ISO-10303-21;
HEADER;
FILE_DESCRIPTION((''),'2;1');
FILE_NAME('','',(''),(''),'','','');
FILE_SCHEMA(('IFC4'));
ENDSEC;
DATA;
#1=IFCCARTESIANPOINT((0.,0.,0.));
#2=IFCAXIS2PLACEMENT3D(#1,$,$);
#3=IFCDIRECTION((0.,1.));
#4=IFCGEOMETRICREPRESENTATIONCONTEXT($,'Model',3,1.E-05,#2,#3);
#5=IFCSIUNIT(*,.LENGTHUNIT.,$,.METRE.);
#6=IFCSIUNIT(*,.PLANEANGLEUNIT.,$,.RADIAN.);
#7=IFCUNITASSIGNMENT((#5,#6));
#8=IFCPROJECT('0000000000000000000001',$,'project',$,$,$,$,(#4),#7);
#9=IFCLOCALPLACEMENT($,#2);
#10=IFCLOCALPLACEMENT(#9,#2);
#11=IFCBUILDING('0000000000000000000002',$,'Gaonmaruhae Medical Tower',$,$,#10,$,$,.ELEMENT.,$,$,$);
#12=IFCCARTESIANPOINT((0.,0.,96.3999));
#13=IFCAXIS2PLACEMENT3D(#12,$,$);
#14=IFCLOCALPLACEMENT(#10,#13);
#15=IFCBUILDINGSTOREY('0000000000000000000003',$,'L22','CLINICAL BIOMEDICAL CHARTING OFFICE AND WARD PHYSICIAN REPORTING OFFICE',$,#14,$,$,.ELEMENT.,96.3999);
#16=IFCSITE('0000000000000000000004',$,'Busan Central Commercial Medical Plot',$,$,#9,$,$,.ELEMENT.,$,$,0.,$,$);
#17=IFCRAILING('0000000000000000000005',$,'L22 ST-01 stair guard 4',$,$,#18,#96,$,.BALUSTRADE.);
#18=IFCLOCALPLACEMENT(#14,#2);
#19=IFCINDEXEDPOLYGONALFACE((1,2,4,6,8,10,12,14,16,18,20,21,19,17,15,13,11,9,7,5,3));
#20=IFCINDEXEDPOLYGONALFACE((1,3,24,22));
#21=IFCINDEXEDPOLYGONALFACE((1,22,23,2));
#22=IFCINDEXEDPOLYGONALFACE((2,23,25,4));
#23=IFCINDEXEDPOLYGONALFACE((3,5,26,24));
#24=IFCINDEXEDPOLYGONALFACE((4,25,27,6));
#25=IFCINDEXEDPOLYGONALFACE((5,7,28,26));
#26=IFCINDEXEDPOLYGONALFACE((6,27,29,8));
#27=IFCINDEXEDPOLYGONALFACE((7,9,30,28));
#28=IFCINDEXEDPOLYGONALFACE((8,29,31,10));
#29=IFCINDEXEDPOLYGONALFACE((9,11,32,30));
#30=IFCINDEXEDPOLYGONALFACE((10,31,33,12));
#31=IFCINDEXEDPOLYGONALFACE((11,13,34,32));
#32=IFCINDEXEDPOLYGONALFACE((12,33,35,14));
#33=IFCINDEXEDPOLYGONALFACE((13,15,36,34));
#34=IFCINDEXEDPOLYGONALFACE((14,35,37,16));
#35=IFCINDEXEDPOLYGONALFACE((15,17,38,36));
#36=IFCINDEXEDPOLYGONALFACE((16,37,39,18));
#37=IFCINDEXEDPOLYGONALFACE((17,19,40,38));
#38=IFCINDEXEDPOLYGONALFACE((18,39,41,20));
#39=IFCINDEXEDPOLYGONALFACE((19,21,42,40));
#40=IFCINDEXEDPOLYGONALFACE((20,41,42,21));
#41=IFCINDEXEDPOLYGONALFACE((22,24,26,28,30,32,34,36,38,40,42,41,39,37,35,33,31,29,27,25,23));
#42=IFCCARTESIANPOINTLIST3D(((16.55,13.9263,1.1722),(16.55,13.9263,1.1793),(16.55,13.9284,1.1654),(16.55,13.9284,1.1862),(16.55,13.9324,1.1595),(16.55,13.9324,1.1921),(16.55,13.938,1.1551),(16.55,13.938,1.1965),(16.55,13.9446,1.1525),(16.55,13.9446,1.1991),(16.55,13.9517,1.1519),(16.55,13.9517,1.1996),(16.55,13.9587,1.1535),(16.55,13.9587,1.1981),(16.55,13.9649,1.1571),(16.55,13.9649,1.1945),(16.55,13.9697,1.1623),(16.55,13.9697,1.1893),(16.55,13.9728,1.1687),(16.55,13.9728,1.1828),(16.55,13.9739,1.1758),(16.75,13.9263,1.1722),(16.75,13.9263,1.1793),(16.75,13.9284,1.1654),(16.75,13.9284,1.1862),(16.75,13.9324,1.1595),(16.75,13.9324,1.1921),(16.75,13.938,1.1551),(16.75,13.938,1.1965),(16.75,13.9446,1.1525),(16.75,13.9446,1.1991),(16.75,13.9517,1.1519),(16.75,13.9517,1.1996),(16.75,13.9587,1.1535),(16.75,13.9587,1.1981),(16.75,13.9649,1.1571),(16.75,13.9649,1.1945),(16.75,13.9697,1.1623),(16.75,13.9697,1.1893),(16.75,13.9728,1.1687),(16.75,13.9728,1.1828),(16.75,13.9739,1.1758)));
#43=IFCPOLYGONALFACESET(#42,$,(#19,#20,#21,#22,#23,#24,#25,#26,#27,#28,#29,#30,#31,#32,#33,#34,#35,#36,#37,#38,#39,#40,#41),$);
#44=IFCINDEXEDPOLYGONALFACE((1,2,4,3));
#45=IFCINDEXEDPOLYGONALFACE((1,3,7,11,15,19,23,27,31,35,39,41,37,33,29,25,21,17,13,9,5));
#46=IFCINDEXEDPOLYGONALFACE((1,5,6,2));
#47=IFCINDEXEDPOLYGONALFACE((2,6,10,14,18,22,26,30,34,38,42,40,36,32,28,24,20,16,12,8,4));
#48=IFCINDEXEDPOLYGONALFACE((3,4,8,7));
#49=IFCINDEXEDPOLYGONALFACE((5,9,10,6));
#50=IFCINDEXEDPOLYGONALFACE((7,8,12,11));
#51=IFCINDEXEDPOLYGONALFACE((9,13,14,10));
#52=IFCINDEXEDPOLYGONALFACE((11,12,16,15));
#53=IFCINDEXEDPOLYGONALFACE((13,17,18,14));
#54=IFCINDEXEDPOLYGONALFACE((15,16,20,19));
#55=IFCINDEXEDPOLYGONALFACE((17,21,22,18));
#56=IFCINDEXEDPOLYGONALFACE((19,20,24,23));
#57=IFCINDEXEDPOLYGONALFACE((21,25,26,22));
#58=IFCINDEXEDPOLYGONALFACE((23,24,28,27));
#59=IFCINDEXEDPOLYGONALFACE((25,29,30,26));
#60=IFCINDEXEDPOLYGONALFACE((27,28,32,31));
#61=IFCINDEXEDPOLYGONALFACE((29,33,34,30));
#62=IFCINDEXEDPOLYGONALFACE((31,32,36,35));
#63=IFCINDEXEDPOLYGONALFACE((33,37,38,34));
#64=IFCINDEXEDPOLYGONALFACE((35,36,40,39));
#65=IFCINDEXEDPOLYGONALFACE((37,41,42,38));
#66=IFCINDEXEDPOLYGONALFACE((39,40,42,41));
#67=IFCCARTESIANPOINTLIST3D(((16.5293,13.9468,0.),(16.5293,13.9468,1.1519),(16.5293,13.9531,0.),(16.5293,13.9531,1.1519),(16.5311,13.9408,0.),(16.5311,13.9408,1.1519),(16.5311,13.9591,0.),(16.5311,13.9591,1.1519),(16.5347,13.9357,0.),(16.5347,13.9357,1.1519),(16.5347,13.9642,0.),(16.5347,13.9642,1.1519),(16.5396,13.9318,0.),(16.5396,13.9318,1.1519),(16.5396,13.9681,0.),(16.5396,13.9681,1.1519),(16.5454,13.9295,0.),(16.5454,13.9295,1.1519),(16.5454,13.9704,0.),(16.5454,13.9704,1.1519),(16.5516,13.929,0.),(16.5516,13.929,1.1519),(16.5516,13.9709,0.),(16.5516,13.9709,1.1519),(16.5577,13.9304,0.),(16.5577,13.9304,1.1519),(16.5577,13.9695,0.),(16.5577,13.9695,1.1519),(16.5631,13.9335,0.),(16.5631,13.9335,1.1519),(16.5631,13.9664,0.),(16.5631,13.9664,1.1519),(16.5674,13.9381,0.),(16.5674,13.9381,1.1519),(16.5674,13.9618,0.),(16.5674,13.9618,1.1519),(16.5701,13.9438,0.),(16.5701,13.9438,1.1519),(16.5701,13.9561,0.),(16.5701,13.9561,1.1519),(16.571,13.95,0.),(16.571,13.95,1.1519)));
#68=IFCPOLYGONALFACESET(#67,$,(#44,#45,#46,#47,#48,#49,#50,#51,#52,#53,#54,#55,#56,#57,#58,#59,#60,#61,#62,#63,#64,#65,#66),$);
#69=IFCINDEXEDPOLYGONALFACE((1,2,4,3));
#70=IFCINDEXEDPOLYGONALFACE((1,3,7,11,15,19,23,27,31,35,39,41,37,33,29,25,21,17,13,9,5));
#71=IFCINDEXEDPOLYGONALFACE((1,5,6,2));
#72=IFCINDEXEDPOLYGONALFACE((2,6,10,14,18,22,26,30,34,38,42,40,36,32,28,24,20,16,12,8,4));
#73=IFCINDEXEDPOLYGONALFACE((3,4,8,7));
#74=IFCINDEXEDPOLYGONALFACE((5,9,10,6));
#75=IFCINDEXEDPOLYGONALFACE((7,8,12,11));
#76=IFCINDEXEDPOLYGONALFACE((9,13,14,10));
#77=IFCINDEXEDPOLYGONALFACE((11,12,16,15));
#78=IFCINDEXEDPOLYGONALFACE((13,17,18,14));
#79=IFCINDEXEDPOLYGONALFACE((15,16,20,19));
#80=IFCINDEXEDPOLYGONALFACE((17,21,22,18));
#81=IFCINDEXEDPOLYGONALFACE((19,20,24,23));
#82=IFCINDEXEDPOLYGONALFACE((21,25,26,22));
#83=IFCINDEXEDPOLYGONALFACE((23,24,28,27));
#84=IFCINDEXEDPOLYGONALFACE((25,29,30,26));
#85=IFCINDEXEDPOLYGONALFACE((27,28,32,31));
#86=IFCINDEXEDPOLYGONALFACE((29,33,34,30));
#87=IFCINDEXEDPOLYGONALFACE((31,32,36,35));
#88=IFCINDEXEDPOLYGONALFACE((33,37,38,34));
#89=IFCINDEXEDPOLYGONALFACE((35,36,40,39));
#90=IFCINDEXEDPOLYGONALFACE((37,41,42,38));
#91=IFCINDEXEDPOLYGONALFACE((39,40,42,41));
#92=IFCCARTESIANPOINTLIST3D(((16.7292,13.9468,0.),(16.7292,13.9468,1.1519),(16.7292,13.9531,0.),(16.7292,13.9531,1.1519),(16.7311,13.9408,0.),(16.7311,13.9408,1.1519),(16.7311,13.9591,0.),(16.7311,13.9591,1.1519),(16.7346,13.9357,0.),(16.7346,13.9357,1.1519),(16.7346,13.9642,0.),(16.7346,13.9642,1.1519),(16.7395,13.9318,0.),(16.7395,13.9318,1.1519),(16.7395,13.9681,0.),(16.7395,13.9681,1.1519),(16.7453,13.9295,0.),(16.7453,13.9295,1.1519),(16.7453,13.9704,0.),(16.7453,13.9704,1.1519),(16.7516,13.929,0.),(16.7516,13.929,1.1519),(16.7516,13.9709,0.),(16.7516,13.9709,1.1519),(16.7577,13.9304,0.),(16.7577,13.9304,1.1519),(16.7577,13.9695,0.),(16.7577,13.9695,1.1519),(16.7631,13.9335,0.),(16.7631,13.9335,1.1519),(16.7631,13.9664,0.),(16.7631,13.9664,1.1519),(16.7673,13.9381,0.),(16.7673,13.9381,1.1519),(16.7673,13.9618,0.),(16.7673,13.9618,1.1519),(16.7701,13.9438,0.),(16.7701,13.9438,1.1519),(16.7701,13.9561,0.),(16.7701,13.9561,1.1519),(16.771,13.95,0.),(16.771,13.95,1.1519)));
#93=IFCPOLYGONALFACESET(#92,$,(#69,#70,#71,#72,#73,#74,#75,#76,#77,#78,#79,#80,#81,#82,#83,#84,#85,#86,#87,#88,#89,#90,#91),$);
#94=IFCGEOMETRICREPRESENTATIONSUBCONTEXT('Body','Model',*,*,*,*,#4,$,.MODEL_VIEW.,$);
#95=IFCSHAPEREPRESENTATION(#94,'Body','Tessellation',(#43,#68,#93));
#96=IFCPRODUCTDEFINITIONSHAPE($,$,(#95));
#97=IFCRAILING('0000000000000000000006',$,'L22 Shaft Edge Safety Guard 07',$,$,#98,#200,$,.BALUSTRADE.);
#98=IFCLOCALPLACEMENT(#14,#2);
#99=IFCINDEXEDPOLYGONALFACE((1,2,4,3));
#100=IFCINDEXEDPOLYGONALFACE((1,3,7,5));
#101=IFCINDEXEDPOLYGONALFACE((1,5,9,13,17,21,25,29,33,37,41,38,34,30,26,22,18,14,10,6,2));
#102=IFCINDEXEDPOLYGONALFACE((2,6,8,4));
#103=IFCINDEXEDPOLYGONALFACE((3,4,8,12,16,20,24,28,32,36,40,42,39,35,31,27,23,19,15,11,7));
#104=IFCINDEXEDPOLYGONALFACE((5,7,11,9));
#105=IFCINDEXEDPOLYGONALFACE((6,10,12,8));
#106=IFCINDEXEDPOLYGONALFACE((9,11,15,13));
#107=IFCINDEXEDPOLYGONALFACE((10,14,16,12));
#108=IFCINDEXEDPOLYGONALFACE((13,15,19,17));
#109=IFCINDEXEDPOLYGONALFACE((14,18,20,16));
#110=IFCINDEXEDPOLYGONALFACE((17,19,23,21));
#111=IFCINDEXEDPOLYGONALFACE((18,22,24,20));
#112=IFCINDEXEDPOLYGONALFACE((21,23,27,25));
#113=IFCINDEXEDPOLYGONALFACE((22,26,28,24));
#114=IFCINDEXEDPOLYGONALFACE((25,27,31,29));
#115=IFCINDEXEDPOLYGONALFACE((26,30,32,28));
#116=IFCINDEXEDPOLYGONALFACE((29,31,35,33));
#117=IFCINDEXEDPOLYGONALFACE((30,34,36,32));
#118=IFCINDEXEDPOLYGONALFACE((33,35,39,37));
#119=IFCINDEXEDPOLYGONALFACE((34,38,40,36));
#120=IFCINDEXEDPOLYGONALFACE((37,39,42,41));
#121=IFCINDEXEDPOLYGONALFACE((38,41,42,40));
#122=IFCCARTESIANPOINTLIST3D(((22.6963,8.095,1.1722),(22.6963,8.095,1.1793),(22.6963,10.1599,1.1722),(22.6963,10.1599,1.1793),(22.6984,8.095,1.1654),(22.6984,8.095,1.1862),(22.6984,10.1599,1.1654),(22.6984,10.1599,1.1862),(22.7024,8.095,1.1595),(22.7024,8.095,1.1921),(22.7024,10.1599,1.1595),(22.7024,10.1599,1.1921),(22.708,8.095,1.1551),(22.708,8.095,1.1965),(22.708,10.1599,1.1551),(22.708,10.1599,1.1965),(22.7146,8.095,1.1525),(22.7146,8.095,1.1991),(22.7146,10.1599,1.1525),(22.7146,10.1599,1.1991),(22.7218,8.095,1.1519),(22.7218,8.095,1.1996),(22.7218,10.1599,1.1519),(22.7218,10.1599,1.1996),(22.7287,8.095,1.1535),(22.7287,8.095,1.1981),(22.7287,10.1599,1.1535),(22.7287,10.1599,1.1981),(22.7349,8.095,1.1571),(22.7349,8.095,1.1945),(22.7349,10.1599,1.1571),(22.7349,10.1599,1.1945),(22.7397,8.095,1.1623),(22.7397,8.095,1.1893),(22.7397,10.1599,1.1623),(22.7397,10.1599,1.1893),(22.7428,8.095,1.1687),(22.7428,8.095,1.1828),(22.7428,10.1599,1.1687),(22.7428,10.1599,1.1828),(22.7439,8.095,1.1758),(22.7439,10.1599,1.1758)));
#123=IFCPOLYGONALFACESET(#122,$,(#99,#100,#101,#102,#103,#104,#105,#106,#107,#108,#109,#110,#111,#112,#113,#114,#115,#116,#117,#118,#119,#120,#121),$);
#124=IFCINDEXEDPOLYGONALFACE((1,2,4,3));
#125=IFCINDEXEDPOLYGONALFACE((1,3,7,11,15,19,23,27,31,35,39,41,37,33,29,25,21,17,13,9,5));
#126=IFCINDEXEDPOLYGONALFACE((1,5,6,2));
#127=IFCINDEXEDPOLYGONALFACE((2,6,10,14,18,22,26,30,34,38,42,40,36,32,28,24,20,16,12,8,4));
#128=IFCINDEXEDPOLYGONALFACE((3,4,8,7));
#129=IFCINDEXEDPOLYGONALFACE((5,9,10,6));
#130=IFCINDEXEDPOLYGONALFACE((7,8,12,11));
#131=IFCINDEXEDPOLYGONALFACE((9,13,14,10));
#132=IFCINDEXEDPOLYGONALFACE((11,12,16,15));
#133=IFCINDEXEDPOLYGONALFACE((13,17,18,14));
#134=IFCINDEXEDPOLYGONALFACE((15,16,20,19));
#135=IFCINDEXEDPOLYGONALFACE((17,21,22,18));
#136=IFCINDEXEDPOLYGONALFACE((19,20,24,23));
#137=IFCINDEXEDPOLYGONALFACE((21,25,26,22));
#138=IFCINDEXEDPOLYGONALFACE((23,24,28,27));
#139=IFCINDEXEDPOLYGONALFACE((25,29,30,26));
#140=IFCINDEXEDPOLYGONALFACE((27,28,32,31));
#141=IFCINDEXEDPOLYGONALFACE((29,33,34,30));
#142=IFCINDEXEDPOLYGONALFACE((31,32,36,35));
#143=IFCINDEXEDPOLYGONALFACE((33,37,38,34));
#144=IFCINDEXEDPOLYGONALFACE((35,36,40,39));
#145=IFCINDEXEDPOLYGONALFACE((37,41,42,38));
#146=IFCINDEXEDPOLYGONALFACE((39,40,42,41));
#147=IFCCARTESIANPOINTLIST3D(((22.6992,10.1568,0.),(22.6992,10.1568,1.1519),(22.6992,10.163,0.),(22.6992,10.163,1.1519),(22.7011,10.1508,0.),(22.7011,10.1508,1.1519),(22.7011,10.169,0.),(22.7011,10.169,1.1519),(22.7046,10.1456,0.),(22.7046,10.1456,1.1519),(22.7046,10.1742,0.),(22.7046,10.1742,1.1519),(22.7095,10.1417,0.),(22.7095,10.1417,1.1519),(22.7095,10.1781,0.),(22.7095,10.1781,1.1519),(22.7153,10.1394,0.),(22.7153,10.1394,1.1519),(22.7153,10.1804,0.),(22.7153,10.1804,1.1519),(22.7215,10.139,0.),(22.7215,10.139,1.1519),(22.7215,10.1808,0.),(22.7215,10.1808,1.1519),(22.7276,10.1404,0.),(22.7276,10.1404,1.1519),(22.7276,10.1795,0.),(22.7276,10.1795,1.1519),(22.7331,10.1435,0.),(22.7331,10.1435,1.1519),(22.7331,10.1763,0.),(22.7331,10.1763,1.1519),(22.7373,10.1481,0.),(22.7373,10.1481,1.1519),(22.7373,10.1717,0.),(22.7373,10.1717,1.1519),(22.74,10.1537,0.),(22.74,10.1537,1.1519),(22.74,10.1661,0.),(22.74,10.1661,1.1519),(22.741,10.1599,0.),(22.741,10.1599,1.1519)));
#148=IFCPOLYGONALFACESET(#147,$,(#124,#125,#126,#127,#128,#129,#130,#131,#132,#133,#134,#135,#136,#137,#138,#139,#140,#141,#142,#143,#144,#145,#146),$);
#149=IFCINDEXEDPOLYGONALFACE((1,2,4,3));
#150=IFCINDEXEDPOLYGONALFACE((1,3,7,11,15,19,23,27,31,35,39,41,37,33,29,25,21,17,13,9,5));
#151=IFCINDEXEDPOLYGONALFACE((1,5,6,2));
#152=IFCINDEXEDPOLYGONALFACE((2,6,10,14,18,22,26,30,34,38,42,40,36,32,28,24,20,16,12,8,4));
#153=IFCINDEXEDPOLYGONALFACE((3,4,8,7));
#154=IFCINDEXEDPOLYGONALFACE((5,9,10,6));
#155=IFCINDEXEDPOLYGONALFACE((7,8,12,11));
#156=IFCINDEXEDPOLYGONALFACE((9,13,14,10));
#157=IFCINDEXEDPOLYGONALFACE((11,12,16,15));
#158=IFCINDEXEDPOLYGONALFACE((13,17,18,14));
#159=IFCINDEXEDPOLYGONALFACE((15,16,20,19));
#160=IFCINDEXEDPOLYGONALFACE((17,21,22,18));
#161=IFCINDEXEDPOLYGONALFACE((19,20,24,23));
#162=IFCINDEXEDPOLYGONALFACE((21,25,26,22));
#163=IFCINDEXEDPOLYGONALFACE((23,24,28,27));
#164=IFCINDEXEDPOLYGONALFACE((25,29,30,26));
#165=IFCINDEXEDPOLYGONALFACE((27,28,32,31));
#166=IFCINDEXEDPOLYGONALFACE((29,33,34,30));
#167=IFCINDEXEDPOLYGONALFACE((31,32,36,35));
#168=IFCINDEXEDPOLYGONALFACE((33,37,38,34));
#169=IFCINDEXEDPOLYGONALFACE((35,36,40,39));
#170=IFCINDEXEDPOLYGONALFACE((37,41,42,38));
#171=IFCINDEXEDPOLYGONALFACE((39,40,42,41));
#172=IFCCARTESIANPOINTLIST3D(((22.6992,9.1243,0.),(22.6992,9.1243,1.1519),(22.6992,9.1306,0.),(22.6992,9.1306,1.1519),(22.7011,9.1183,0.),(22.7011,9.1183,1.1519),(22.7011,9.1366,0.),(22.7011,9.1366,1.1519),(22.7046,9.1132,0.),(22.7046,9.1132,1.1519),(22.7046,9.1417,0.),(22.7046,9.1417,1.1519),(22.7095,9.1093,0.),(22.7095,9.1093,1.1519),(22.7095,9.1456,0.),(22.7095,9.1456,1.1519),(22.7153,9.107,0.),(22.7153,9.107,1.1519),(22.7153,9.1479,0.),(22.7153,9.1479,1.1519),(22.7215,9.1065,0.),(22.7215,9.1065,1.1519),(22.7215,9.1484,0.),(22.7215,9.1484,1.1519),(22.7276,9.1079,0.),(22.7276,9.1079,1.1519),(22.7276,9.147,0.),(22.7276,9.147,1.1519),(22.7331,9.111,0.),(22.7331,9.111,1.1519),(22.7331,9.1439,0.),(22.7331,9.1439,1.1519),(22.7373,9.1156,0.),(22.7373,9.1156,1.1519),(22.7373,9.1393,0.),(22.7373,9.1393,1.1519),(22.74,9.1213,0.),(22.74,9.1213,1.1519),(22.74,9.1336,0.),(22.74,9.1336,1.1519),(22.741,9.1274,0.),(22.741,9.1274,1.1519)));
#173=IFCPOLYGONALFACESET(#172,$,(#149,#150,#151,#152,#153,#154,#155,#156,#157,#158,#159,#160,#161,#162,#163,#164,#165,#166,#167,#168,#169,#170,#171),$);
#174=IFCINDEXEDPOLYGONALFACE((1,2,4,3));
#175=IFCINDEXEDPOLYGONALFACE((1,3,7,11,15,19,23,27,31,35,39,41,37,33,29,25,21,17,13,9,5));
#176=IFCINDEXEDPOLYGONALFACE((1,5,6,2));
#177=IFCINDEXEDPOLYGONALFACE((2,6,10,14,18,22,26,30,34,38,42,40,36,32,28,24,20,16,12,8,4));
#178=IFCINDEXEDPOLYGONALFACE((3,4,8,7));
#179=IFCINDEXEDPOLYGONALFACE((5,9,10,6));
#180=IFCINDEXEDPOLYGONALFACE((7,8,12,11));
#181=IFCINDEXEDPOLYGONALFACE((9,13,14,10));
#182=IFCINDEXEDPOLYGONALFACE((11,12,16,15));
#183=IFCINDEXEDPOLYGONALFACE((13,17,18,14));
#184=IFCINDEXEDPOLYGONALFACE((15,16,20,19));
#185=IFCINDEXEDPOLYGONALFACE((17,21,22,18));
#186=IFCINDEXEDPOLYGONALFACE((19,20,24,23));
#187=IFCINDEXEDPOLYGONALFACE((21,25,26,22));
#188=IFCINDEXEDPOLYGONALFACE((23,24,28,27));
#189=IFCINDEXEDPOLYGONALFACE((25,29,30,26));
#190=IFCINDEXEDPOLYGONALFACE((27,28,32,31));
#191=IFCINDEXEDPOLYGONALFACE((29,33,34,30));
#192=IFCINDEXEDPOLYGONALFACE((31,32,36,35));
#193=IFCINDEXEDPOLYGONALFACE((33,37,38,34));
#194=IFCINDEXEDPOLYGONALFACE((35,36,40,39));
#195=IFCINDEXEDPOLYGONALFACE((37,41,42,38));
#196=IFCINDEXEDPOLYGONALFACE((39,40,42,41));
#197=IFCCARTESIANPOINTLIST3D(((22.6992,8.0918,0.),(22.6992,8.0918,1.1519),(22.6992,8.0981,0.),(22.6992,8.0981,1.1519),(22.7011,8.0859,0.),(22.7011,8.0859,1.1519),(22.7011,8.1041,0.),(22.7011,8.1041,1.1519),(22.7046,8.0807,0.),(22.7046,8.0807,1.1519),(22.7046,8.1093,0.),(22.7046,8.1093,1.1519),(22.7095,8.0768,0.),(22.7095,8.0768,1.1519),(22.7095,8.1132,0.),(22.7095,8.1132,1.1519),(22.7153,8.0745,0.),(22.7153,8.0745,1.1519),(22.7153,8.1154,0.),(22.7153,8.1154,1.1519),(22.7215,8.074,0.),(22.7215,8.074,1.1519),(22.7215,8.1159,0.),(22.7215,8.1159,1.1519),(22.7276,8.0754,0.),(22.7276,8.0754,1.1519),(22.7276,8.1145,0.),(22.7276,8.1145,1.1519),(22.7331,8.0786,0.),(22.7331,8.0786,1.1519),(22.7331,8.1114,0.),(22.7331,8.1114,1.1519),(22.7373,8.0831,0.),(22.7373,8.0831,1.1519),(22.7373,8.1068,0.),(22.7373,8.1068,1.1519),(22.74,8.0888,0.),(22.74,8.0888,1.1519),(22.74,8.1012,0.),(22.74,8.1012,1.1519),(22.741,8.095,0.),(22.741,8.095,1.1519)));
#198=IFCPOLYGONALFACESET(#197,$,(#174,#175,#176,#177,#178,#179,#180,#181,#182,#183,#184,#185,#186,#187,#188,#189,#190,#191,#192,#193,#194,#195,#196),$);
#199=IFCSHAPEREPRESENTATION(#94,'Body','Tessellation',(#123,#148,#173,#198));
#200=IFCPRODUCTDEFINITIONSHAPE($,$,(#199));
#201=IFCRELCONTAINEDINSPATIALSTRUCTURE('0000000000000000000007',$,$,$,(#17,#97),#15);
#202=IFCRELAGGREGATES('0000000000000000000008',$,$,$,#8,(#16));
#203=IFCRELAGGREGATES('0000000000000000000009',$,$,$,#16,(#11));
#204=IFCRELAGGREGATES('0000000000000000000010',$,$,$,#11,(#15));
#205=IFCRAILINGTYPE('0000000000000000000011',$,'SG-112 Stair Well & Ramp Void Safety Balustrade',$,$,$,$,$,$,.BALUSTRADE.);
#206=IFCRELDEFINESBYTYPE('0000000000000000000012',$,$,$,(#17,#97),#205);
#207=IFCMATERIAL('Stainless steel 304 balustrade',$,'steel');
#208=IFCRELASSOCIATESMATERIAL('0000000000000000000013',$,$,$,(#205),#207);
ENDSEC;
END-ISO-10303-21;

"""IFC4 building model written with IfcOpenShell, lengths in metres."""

from ifc_helpers import new_model, si_unit, direction, frame, origin, origin_2d, place, context, subcontext, project, spatial, circle, extrude, material, type_object, element, save


model = new_model("IFC4")

# Units and contexts
model_context = context("Model", 3, precision=1e-05, world=origin(), true_north=direction((0.0, 1.0)))
body_context = subcontext(model_context, "Body", "Model", "MODEL_VIEW")
ifc_project = project(units=[si_unit("LENGTHUNIT", "METRE"), si_unit("PLANEANGLEUNIT", "RADIAN")], contexts=[model_context])

# Site, building, storey
site_placement = place(None, origin())
site = spatial("IfcSite", under=ifc_project, at=site_placement, Name="Busan Central Commercial Medical Plot", CompositionType="ELEMENT", RefElevation=0.0)
building_placement = place(site_placement, origin())
building = spatial("IfcBuilding", under=site, at=building_placement, Name="Gaonmaruhae Medical Tower", CompositionType="ELEMENT")
storey_placement = place(building_placement, frame((0.0, 0.0, 96.3999)))
storey = spatial("IfcBuildingStorey", under=building, at=storey_placement, Name="L22", Description="CLINICAL BIOMEDICAL CHARTING OFFICE AND WARD PHYSICIAN REPORTING OFFICE", CompositionType="ELEMENT", Elevation=96.3999)

# Railings
ifc_material_1 = material(Name="Stainless steel 304 balustrade", Category="steel")
railing_type_1 = type_object("IfcRailingType", Name="SG-112 Stair Well & Ramp Void Safety Balustrade", PredefinedType="BALUSTRADE", material=ifc_material_1)
railing_1_placement = place(storey_placement, frame((16.55, 13.95, 0.0)))
element("IfcRailing", 1, at=railing_1_placement, inside=storey, type_object=railing_type_1, Name="L22 ST-01 stair guard 4", PredefinedType="BALUSTRADE", context=body_context, shape_type="SweptSolid", body=[
    extrude(circle(Radius=0.0239, at=origin_2d()), frame((0.0, 0.0, 1.1758), z_axis=(1.0, 0.0, 0.0), x_axis=(0.0, 1.0, 0.0)), (0.0, 0.0, 1.0), 0.2),
    extrude(circle(Radius=0.021, at=origin_2d()), origin(), (0.0, 0.0, 1.0), 1.1519),
    extrude(circle(Radius=0.021, at=origin_2d()), frame((0.2, 0.0, 0.0)), (0.0, 0.0, 1.0), 1.1519),
])
railing_2_placement = place(storey_placement, frame((22.72, 10.1599, 0.0)))
element("IfcRailing", 2, at=railing_2_placement, inside=storey, type_object=railing_type_1, Name="L22 Shaft Edge Safety Guard 07", PredefinedType="BALUSTRADE", context=body_context, shape_type="SweptSolid", body=[
    extrude(circle(Radius=0.0239, at=origin_2d()), frame((0.0, 0.0, 1.1758), z_axis=(0.0, -1.0, 0.0), x_axis=(1.0, 0.0, 0.0)), (0.0, 0.0, 1.0), 2.0649),
    extrude(circle(Radius=0.021, at=origin_2d()), origin(), (0.0, 0.0, 1.0), 1.1519),
    extrude(circle(Radius=0.021, at=origin_2d()), frame((0.0, -1.0325, 0.0)), (0.0, 0.0, 1.0), 1.1519),
    extrude(circle(Radius=0.021, at=origin_2d()), frame((0.0, -2.0649, 0.0)), (0.0, 0.0, 1.0), 1.1519),
])

save(model, "model.ifc")
